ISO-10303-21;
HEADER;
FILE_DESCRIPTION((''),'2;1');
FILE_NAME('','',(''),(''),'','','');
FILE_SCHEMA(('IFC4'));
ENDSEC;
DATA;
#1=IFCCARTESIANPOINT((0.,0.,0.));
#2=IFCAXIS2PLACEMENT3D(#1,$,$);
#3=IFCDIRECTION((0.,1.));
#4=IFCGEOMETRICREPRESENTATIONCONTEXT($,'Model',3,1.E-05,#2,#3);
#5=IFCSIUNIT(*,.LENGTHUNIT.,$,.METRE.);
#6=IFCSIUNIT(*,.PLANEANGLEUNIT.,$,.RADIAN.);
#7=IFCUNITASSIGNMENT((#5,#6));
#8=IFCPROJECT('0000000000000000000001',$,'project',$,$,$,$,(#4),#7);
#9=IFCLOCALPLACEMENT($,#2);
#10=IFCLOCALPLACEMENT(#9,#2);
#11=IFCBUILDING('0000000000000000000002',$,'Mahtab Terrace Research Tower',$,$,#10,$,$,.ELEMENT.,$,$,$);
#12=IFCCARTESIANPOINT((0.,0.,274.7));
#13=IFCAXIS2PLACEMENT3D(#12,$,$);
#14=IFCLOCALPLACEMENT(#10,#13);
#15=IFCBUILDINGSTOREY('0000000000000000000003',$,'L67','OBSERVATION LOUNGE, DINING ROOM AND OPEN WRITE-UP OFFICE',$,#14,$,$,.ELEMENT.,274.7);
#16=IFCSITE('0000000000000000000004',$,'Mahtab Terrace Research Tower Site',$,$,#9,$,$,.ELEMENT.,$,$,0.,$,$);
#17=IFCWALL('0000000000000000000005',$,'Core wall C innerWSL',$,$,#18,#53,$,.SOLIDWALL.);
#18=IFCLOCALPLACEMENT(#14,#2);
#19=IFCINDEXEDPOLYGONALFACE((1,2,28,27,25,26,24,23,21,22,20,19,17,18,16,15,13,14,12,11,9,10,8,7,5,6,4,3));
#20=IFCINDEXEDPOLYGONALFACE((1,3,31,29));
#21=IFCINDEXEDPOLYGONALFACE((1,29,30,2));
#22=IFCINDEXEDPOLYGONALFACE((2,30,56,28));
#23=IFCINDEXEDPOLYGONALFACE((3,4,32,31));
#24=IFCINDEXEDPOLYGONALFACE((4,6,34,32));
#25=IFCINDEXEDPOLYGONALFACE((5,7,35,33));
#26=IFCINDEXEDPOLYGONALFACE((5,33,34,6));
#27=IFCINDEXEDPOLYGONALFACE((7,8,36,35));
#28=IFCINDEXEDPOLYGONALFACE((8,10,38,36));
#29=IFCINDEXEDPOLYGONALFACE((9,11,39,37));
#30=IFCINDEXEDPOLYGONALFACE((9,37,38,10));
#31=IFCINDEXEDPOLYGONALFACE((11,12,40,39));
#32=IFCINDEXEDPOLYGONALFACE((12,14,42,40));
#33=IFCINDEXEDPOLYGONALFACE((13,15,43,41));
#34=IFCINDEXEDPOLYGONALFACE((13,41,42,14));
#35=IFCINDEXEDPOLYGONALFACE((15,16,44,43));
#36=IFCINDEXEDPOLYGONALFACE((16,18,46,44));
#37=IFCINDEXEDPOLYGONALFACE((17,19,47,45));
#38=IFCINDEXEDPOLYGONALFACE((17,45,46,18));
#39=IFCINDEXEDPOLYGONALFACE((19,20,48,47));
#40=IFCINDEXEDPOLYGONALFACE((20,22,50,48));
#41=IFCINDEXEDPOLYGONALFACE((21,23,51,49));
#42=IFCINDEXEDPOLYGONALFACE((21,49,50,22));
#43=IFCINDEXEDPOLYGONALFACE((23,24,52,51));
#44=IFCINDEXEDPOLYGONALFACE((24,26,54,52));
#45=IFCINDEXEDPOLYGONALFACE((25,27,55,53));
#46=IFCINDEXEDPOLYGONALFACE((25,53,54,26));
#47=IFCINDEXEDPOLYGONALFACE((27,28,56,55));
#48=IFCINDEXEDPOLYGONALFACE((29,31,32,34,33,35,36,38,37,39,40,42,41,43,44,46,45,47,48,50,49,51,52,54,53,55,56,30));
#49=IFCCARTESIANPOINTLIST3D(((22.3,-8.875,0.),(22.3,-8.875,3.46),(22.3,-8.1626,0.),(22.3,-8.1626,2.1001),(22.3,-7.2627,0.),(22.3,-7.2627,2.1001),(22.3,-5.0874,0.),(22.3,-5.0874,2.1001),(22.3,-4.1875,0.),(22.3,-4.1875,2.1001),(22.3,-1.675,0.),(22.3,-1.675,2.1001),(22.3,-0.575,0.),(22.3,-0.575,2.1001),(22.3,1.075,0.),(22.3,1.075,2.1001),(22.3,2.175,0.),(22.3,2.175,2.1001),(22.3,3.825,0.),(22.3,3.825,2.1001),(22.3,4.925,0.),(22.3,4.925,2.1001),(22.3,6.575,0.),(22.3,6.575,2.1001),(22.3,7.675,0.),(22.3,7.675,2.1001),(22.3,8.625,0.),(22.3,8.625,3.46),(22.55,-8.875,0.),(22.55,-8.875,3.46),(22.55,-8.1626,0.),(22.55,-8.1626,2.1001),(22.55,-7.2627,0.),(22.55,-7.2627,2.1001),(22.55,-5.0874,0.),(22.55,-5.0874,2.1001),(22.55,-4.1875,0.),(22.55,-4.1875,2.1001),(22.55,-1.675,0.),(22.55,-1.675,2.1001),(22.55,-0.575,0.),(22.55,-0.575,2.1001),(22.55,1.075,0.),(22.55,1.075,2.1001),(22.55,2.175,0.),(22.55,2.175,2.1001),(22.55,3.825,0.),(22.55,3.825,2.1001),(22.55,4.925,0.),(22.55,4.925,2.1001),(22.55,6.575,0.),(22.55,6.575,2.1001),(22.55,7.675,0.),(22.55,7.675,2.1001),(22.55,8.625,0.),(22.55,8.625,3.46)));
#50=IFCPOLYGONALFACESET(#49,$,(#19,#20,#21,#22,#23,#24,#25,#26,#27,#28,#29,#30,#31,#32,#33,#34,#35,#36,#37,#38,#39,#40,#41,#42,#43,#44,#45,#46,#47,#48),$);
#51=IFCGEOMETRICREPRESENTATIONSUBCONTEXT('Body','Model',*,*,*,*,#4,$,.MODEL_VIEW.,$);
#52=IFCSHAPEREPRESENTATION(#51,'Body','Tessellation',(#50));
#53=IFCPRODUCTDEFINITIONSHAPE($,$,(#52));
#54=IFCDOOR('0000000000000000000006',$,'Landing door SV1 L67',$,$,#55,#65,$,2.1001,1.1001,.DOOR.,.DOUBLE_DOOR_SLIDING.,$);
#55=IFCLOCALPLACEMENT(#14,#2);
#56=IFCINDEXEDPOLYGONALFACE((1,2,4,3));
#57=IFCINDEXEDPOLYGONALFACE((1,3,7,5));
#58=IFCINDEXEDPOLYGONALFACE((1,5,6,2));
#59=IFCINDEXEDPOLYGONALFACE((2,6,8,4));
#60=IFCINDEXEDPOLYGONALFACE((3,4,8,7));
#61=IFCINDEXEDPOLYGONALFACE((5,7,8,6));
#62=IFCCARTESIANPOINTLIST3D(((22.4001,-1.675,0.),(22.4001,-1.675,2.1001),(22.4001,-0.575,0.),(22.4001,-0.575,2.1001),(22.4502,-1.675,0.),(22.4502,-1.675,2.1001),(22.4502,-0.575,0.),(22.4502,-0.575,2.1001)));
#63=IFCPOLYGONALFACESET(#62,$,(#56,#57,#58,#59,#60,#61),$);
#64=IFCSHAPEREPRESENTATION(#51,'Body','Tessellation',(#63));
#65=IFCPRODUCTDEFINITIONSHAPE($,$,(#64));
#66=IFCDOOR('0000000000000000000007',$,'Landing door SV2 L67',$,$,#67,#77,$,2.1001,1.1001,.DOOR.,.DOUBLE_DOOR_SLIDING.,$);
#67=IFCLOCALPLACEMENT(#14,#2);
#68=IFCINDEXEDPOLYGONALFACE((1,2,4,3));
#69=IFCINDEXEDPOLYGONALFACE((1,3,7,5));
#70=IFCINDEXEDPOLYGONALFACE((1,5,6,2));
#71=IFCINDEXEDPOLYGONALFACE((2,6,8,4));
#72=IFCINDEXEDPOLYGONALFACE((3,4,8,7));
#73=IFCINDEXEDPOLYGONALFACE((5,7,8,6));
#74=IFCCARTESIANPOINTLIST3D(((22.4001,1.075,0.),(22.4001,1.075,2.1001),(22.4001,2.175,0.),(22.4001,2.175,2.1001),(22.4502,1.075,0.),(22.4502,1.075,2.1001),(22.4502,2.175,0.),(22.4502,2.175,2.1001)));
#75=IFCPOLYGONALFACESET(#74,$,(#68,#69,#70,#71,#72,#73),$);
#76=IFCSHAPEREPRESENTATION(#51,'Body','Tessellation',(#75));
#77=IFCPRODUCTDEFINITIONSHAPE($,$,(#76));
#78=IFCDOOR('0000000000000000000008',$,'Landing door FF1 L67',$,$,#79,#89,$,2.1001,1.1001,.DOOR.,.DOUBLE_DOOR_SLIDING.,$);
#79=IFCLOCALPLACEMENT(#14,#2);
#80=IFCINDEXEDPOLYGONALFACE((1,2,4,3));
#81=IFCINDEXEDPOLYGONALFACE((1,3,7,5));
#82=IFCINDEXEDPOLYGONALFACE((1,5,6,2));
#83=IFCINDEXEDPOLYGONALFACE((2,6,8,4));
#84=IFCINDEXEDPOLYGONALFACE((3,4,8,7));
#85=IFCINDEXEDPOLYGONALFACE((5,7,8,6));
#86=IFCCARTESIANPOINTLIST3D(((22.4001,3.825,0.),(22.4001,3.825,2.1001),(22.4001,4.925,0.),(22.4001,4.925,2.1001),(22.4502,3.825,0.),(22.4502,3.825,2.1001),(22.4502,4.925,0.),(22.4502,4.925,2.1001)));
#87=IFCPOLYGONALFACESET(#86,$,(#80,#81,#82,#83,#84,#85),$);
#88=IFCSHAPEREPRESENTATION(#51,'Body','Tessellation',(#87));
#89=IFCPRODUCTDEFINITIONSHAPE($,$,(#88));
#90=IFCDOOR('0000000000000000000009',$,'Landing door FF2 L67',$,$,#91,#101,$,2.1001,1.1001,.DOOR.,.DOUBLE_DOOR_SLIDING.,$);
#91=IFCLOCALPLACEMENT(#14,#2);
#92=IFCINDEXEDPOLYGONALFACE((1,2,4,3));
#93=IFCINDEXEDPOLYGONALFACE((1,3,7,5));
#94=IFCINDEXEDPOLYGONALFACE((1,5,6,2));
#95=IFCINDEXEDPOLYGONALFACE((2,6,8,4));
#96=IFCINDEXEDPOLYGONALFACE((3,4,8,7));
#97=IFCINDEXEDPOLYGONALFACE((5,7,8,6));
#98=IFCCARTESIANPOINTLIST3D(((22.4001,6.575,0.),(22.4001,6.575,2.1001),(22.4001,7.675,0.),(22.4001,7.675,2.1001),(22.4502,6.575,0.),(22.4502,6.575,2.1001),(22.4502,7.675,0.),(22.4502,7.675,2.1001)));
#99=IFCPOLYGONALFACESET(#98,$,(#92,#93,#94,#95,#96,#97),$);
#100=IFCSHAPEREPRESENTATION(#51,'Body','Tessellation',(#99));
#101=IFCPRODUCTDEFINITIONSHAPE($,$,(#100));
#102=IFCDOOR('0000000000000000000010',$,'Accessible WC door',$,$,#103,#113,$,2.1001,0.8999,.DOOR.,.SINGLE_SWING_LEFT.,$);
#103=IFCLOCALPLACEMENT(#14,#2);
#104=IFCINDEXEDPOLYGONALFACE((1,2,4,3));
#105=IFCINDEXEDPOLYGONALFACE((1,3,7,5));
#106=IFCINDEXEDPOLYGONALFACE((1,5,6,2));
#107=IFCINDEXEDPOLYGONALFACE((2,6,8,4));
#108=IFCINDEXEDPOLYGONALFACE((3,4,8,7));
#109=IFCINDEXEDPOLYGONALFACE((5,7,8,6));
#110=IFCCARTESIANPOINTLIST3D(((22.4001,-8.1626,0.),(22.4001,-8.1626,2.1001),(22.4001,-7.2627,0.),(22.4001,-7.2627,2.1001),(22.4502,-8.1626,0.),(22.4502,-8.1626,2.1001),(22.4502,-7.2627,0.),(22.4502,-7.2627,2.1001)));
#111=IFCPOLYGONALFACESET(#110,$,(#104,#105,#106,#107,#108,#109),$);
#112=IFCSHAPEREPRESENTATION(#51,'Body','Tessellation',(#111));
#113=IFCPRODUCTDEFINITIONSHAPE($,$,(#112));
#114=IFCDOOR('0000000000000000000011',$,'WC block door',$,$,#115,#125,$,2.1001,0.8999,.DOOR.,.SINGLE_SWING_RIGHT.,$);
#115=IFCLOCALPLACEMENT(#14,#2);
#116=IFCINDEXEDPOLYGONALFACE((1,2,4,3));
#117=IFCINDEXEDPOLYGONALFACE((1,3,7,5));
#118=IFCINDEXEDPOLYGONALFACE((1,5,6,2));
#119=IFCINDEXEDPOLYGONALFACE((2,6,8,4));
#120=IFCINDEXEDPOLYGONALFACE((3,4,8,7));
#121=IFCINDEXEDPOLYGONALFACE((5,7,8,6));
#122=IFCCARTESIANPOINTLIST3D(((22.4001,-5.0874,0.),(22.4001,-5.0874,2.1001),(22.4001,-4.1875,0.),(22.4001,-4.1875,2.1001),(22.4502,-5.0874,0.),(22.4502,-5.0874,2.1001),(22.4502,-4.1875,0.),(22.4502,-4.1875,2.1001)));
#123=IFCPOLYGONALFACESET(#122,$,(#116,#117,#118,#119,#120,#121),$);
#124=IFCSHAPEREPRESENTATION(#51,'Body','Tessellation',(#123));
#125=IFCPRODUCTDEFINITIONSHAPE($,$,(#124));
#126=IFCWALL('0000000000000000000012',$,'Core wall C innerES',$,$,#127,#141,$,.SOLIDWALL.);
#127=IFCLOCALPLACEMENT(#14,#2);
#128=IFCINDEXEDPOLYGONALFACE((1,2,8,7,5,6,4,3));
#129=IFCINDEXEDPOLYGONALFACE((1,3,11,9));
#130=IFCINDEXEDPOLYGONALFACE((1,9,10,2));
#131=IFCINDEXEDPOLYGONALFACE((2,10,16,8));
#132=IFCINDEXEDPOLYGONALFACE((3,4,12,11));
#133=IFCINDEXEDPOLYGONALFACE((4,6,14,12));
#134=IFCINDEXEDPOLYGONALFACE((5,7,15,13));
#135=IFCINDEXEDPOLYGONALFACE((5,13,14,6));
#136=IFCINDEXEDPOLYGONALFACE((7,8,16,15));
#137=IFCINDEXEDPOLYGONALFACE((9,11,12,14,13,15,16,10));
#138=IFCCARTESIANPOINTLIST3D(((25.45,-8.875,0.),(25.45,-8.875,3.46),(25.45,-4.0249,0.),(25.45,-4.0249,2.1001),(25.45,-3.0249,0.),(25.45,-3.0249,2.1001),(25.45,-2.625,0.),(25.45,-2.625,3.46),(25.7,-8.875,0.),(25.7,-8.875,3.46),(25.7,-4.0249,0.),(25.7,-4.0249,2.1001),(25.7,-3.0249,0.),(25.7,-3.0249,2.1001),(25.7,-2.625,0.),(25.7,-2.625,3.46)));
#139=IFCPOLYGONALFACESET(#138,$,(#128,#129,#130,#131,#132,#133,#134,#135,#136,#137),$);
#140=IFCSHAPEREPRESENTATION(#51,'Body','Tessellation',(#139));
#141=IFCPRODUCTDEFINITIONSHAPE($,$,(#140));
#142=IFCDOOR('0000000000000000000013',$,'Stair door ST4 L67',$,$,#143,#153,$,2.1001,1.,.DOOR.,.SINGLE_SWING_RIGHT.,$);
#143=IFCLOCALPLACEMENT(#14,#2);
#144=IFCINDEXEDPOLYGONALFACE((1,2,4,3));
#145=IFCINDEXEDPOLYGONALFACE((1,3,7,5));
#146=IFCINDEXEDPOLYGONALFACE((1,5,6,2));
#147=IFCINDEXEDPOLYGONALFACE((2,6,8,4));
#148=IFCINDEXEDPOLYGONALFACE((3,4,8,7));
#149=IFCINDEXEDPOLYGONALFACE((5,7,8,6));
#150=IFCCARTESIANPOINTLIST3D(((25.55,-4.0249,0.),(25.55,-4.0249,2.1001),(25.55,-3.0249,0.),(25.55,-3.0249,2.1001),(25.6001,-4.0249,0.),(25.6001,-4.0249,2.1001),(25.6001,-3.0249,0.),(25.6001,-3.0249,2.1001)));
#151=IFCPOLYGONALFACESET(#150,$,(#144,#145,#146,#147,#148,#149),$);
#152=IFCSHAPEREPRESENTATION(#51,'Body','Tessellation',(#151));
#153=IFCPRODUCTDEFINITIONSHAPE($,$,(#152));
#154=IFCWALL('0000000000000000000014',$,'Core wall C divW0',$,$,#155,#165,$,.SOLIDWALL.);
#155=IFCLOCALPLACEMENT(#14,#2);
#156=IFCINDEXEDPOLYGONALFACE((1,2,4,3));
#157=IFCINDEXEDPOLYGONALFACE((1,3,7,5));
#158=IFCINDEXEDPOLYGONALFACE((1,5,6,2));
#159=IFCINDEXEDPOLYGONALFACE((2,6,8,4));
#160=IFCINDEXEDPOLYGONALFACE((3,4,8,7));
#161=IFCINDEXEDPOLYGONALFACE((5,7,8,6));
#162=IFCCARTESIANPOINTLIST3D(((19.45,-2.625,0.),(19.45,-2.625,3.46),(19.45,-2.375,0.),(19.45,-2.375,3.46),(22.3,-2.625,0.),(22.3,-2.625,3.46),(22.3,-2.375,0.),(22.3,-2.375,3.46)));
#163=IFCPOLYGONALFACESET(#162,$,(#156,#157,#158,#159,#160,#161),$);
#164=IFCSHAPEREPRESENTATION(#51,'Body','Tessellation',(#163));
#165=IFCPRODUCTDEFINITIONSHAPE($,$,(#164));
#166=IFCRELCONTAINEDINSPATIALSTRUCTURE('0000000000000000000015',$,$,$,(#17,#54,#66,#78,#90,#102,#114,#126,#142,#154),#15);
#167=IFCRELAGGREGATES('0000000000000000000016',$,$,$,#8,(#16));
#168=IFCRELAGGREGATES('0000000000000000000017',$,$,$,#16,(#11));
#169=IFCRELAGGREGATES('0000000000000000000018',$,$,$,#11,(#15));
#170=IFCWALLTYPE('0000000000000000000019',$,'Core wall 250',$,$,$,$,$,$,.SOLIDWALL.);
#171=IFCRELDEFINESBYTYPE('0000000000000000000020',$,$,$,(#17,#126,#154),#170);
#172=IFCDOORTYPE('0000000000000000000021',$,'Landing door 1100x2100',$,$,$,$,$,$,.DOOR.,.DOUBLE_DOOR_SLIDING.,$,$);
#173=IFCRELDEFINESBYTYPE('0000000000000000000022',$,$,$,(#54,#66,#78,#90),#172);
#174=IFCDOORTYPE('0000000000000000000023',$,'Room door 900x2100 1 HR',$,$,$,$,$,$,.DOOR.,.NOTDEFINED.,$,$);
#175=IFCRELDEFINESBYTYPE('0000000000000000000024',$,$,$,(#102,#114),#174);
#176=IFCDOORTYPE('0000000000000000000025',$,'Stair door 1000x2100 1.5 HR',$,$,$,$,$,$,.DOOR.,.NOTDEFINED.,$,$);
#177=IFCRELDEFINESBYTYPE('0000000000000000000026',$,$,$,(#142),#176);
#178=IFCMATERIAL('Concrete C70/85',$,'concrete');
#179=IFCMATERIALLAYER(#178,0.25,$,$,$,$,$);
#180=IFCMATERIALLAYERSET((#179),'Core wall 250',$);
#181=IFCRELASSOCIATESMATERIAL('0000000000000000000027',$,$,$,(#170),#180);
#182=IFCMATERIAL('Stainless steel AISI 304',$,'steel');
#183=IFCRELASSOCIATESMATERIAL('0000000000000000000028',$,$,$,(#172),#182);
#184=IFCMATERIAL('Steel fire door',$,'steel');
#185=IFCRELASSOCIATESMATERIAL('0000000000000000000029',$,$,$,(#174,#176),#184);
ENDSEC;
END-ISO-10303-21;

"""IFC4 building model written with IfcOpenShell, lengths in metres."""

from ifc_helpers import new_model, si_unit, direction, frame, frame_2d, origin, place, context, subcontext, project, spatial, rectangle, extrude, material, layer, layer_set, type_object, element, fill, save


model = new_model("IFC4")

# Units and contexts
model_context = context("Model", 3, precision=1e-05, world=origin(), true_north=direction((0.0, 1.0)))
body_context = subcontext(model_context, "Body", "Model", "MODEL_VIEW")
ifc_project = project(units=[si_unit("LENGTHUNIT", "METRE"), si_unit("PLANEANGLEUNIT", "RADIAN")], contexts=[model_context])

# Site, building, storey
site_placement = place(None, origin())
site = spatial("IfcSite", under=ifc_project, at=site_placement, Name="Mahtab Terrace Research Tower Site", CompositionType="ELEMENT", RefElevation=0.0)
building_placement = place(site_placement, origin())
building = spatial("IfcBuilding", under=site, at=building_placement, Name="Mahtab Terrace Research Tower", CompositionType="ELEMENT")
storey_placement = place(building_placement, frame((0.0, 0.0, 274.7)))
storey = spatial("IfcBuildingStorey", under=building, at=storey_placement, Name="L67", Description="OBSERVATION LOUNGE, DINING ROOM AND OPEN WRITE-UP OFFICE", CompositionType="ELEMENT", Elevation=274.7)

# Shared definitions
ifc_material_1 = material(Name="Concrete C70/85", Category="concrete")

# Wall, openings, doors
ifc_layer_1 = layer(ifc_material_1, 0.25)
ifc_layer_set_1 = layer_set([ifc_layer_1], Name="Core wall 250")
wall_type_1 = type_object("IfcWallType", Name="Core wall 250", PredefinedType="SOLIDWALL", material=ifc_layer_set_1)
wall_1_placement = place(storey_placement, frame((22.425, -8.875, 0.0), z_axis=(0.0, 0.0, 1.0), x_axis=(0.0, 1.0, 0.0)))
wall_1 = element("IfcWall", 1, at=wall_1_placement, inside=storey, type_object=wall_type_1, Name="Core wall C innerWSL", PredefinedType="SOLIDWALL", context=body_context, shape_type="SweptSolid", body=[
    extrude(rectangle(XDim=17.5, YDim=0.25, at=frame_2d((8.75, 0.0))), origin(), (0.0, 0.0, 1.0), 3.46),
])
opening_1_placement = place(wall_1_placement, frame((7.2, 0.0, 0.0)))
opening_1 = element("IfcOpeningElement", 2, at=opening_1_placement, cuts=wall_1, PredefinedType="OPENING", context=body_context, shape_type="SweptSolid", body=[
    extrude(rectangle(XDim=1.1001, YDim=2.1001, at=frame_2d((0.55, 1.05))), frame((0.0, 0.135, 0.0), z_axis=(0.0, -1.0, 0.0), x_axis=(1.0, 0.0, 0.0)), (0.0, 0.0, 1.0), 0.27),
])
opening_2_placement = place(wall_1_placement, frame((9.95, 0.0, 0.0)))
opening_2 = element("IfcOpeningElement", 3, at=opening_2_placement, cuts=wall_1, PredefinedType="OPENING", context=body_context, shape_type="SweptSolid", body=[
    extrude(rectangle(XDim=1.1001, YDim=2.1001, at=frame_2d((0.55, 1.05))), frame((0.0, 0.135, 0.0), z_axis=(0.0, -1.0, 0.0), x_axis=(1.0, 0.0, 0.0)), (0.0, 0.0, 1.0), 0.27),
])
opening_3_placement = place(wall_1_placement, frame((12.7, 0.0, 0.0)))
opening_3 = element("IfcOpeningElement", 4, at=opening_3_placement, cuts=wall_1, PredefinedType="OPENING", context=body_context, shape_type="SweptSolid", body=[
    extrude(rectangle(XDim=1.1001, YDim=2.1001, at=frame_2d((0.55, 1.05))), frame((0.0, 0.135, 0.0), z_axis=(0.0, -1.0, 0.0), x_axis=(1.0, 0.0, 0.0)), (0.0, 0.0, 1.0), 0.27),
])
opening_4_placement = place(wall_1_placement, frame((15.45, 0.0, 0.0)))
opening_4 = element("IfcOpeningElement", 5, at=opening_4_placement, cuts=wall_1, PredefinedType="OPENING", context=body_context, shape_type="SweptSolid", body=[
    extrude(rectangle(XDim=1.1001, YDim=2.1001, at=frame_2d((0.55, 1.05))), frame((0.0, 0.135, 0.0), z_axis=(0.0, -1.0, 0.0), x_axis=(1.0, 0.0, 0.0)), (0.0, 0.0, 1.0), 0.27),
])
opening_5_placement = place(wall_1_placement, frame((0.7124, 0.0, 0.0)))
opening_5 = element("IfcOpeningElement", 6, at=opening_5_placement, cuts=wall_1, PredefinedType="OPENING", context=body_context, shape_type="SweptSolid", body=[
    extrude(rectangle(XDim=0.8999, YDim=2.1001, at=frame_2d((0.45, 1.05))), frame((0.0, 0.135, 0.0), z_axis=(0.0, -1.0, 0.0), x_axis=(1.0, 0.0, 0.0)), (0.0, 0.0, 1.0), 0.27),
])
opening_6_placement = place(wall_1_placement, frame((3.7876, 0.0, 0.0)))
opening_6 = element("IfcOpeningElement", 7, at=opening_6_placement, cuts=wall_1, PredefinedType="OPENING", context=body_context, shape_type="SweptSolid", body=[
    extrude(rectangle(XDim=0.8999, YDim=2.1001, at=frame_2d((0.45, 1.05))), frame((0.0, 0.135, 0.0), z_axis=(0.0, -1.0, 0.0), x_axis=(1.0, 0.0, 0.0)), (0.0, 0.0, 1.0), 0.27),
])
ifc_material_2 = material(Name="Stainless steel AISI 304", Category="steel")
door_type_1 = type_object("IfcDoorType", Name="Landing door 1100x2100", OperationType="DOUBLE_DOOR_SLIDING", PredefinedType="DOOR", material=ifc_material_2)
door_1_placement = place(opening_1_placement, origin())
door_1 = element("IfcDoor", 8, at=door_1_placement, inside=storey, type_object=door_type_1, Name="Landing door SV1 L67", OperationType="DOUBLE_DOOR_SLIDING", OverallHeight=2.1001, OverallWidth=1.1001, PredefinedType="DOOR", context=body_context, shape_type="SweptSolid", body=[
    extrude(rectangle(XDim=1.1001, YDim=2.1001, at=frame_2d((0.55, 1.05))), frame((0.0, 0.0249, 0.0), z_axis=(0.0, -1.0, 0.0), x_axis=(1.0, 0.0, 0.0)), (0.0, 0.0, 1.0), 0.05),
])
fill(opening_1, door_1)
door_2_placement = place(opening_2_placement, origin())
door_2 = element("IfcDoor", 9, at=door_2_placement, inside=storey, type_object=door_type_1, Name="Landing door SV2 L67", OperationType="DOUBLE_DOOR_SLIDING", OverallHeight=2.1001, OverallWidth=1.1001, PredefinedType="DOOR", context=body_context, shape_type="SweptSolid", body=[
    extrude(rectangle(XDim=1.1001, YDim=2.1001, at=frame_2d((0.55, 1.05))), frame((0.0, 0.0249, 0.0), z_axis=(0.0, -1.0, 0.0), x_axis=(1.0, 0.0, 0.0)), (0.0, 0.0, 1.0), 0.05),
])
fill(opening_2, door_2)
door_3_placement = place(opening_3_placement, origin())
door_3 = element("IfcDoor", 10, at=door_3_placement, inside=storey, type_object=door_type_1, Name="Landing door FF1 L67", OperationType="DOUBLE_DOOR_SLIDING", OverallHeight=2.1001, OverallWidth=1.1001, PredefinedType="DOOR", context=body_context, shape_type="SweptSolid", body=[
    extrude(rectangle(XDim=1.1001, YDim=2.1001, at=frame_2d((0.55, 1.05))), frame((0.0, 0.0249, 0.0), z_axis=(0.0, -1.0, 0.0), x_axis=(1.0, 0.0, 0.0)), (0.0, 0.0, 1.0), 0.05),
])
fill(opening_3, door_3)
door_4_placement = place(opening_4_placement, origin())
door_4 = element("IfcDoor", 11, at=door_4_placement, inside=storey, type_object=door_type_1, Name="Landing door FF2 L67", OperationType="DOUBLE_DOOR_SLIDING", OverallHeight=2.1001, OverallWidth=1.1001, PredefinedType="DOOR", context=body_context, shape_type="SweptSolid", body=[
    extrude(rectangle(XDim=1.1001, YDim=2.1001, at=frame_2d((0.55, 1.05))), frame((0.0, 0.0249, 0.0), z_axis=(0.0, -1.0, 0.0), x_axis=(1.0, 0.0, 0.0)), (0.0, 0.0, 1.0), 0.05),
])
fill(opening_4, door_4)
ifc_material_3 = material(Name="Steel fire door", Category="steel")
door_type_2 = type_object("IfcDoorType", Name="Room door 900x2100 1 HR", OperationType="NOTDEFINED", PredefinedType="DOOR", material=ifc_material_3)
door_5_placement = place(opening_5_placement, origin())
door_5 = element("IfcDoor", 12, at=door_5_placement, inside=storey, type_object=door_type_2, Name="Accessible WC door", OperationType="SINGLE_SWING_LEFT", OverallHeight=2.1001, OverallWidth=0.8999, PredefinedType="DOOR", context=body_context, shape_type="SweptSolid", body=[
    extrude(rectangle(XDim=0.8999, YDim=2.1001, at=frame_2d((0.45, 1.05))), frame((0.0, 0.0249, 0.0), z_axis=(0.0, -1.0, 0.0), x_axis=(1.0, 0.0, 0.0)), (0.0, 0.0, 1.0), 0.05),
])
fill(opening_5, door_5)
door_6_placement = place(opening_6_placement, origin())
door_6 = element("IfcDoor", 13, at=door_6_placement, inside=storey, type_object=door_type_2, Name="WC block door", OperationType="SINGLE_SWING_RIGHT", OverallHeight=2.1001, OverallWidth=0.8999, PredefinedType="DOOR", context=body_context, shape_type="SweptSolid", body=[
    extrude(rectangle(XDim=0.8999, YDim=2.1001, at=frame_2d((0.45, 1.05))), frame((0.0, 0.0249, 0.0), z_axis=(0.0, -1.0, 0.0), x_axis=(1.0, 0.0, 0.0)), (0.0, 0.0, 1.0), 0.05),
])
fill(opening_6, door_6)

# Wall, opening, door
wall_2_placement = place(storey_placement, frame((25.575, -8.875, 0.0), z_axis=(0.0, 0.0, 1.0), x_axis=(0.0, 1.0, 0.0)))
wall_2 = element("IfcWall", 14, at=wall_2_placement, inside=storey, type_object=wall_type_1, Name="Core wall C innerES", PredefinedType="SOLIDWALL", context=body_context, shape_type="SweptSolid", body=[
    extrude(rectangle(XDim=6.25, YDim=0.25, at=frame_2d((3.125, 0.0))), origin(), (0.0, 0.0, 1.0), 3.46),
])
opening_7_placement = place(wall_2_placement, frame((4.8501, 0.0, 0.0)))
opening_7 = element("IfcOpeningElement", 15, at=opening_7_placement, cuts=wall_2, PredefinedType="OPENING", context=body_context, shape_type="SweptSolid", body=[
    extrude(rectangle(XDim=1.0, YDim=2.1001, at=frame_2d((0.5, 1.05))), frame((0.0, 0.135, 0.0), z_axis=(0.0, -1.0, 0.0), x_axis=(1.0, 0.0, 0.0)), (0.0, 0.0, 1.0), 0.27),
])
door_type_3 = type_object("IfcDoorType", Name="Stair door 1000x2100 1.5 HR", OperationType="NOTDEFINED", PredefinedType="DOOR", material=ifc_material_3)
door_7_placement = place(opening_7_placement, origin())
door_7 = element("IfcDoor", 16, at=door_7_placement, inside=storey, type_object=door_type_3, Name="Stair door ST4 L67", OperationType="SINGLE_SWING_RIGHT", OverallHeight=2.1001, OverallWidth=1.0, PredefinedType="DOOR", context=body_context, shape_type="SweptSolid", body=[
    extrude(rectangle(XDim=1.0, YDim=2.1001, at=frame_2d((0.5, 1.05))), frame((0.0, 0.0249, 0.0), z_axis=(0.0, -1.0, 0.0), x_axis=(1.0, 0.0, 0.0)), (0.0, 0.0, 1.0), 0.05),
])
fill(opening_7, door_7)

# Wall
for number, where, z_axis, x_axis, name in (
    (17, (19.45, -2.5, 0.0), (0.0, 0.0, 1.0), (1.0, 0.0, 0.0), "Core wall C divW0"),
):
    element("IfcWall", number, at=place(storey_placement, frame(where, z_axis=z_axis, x_axis=x_axis)), inside=storey, type_object=wall_type_1, Name=name, PredefinedType="SOLIDWALL", context=body_context, shape_type="SweptSolid", body=[
        extrude(rectangle(XDim=2.8501, YDim=0.25, at=frame_2d((1.425, 0.0))), origin(), (0.0, 0.0, 1.0), 3.46),
    ])

save(model, "model.ifc")
